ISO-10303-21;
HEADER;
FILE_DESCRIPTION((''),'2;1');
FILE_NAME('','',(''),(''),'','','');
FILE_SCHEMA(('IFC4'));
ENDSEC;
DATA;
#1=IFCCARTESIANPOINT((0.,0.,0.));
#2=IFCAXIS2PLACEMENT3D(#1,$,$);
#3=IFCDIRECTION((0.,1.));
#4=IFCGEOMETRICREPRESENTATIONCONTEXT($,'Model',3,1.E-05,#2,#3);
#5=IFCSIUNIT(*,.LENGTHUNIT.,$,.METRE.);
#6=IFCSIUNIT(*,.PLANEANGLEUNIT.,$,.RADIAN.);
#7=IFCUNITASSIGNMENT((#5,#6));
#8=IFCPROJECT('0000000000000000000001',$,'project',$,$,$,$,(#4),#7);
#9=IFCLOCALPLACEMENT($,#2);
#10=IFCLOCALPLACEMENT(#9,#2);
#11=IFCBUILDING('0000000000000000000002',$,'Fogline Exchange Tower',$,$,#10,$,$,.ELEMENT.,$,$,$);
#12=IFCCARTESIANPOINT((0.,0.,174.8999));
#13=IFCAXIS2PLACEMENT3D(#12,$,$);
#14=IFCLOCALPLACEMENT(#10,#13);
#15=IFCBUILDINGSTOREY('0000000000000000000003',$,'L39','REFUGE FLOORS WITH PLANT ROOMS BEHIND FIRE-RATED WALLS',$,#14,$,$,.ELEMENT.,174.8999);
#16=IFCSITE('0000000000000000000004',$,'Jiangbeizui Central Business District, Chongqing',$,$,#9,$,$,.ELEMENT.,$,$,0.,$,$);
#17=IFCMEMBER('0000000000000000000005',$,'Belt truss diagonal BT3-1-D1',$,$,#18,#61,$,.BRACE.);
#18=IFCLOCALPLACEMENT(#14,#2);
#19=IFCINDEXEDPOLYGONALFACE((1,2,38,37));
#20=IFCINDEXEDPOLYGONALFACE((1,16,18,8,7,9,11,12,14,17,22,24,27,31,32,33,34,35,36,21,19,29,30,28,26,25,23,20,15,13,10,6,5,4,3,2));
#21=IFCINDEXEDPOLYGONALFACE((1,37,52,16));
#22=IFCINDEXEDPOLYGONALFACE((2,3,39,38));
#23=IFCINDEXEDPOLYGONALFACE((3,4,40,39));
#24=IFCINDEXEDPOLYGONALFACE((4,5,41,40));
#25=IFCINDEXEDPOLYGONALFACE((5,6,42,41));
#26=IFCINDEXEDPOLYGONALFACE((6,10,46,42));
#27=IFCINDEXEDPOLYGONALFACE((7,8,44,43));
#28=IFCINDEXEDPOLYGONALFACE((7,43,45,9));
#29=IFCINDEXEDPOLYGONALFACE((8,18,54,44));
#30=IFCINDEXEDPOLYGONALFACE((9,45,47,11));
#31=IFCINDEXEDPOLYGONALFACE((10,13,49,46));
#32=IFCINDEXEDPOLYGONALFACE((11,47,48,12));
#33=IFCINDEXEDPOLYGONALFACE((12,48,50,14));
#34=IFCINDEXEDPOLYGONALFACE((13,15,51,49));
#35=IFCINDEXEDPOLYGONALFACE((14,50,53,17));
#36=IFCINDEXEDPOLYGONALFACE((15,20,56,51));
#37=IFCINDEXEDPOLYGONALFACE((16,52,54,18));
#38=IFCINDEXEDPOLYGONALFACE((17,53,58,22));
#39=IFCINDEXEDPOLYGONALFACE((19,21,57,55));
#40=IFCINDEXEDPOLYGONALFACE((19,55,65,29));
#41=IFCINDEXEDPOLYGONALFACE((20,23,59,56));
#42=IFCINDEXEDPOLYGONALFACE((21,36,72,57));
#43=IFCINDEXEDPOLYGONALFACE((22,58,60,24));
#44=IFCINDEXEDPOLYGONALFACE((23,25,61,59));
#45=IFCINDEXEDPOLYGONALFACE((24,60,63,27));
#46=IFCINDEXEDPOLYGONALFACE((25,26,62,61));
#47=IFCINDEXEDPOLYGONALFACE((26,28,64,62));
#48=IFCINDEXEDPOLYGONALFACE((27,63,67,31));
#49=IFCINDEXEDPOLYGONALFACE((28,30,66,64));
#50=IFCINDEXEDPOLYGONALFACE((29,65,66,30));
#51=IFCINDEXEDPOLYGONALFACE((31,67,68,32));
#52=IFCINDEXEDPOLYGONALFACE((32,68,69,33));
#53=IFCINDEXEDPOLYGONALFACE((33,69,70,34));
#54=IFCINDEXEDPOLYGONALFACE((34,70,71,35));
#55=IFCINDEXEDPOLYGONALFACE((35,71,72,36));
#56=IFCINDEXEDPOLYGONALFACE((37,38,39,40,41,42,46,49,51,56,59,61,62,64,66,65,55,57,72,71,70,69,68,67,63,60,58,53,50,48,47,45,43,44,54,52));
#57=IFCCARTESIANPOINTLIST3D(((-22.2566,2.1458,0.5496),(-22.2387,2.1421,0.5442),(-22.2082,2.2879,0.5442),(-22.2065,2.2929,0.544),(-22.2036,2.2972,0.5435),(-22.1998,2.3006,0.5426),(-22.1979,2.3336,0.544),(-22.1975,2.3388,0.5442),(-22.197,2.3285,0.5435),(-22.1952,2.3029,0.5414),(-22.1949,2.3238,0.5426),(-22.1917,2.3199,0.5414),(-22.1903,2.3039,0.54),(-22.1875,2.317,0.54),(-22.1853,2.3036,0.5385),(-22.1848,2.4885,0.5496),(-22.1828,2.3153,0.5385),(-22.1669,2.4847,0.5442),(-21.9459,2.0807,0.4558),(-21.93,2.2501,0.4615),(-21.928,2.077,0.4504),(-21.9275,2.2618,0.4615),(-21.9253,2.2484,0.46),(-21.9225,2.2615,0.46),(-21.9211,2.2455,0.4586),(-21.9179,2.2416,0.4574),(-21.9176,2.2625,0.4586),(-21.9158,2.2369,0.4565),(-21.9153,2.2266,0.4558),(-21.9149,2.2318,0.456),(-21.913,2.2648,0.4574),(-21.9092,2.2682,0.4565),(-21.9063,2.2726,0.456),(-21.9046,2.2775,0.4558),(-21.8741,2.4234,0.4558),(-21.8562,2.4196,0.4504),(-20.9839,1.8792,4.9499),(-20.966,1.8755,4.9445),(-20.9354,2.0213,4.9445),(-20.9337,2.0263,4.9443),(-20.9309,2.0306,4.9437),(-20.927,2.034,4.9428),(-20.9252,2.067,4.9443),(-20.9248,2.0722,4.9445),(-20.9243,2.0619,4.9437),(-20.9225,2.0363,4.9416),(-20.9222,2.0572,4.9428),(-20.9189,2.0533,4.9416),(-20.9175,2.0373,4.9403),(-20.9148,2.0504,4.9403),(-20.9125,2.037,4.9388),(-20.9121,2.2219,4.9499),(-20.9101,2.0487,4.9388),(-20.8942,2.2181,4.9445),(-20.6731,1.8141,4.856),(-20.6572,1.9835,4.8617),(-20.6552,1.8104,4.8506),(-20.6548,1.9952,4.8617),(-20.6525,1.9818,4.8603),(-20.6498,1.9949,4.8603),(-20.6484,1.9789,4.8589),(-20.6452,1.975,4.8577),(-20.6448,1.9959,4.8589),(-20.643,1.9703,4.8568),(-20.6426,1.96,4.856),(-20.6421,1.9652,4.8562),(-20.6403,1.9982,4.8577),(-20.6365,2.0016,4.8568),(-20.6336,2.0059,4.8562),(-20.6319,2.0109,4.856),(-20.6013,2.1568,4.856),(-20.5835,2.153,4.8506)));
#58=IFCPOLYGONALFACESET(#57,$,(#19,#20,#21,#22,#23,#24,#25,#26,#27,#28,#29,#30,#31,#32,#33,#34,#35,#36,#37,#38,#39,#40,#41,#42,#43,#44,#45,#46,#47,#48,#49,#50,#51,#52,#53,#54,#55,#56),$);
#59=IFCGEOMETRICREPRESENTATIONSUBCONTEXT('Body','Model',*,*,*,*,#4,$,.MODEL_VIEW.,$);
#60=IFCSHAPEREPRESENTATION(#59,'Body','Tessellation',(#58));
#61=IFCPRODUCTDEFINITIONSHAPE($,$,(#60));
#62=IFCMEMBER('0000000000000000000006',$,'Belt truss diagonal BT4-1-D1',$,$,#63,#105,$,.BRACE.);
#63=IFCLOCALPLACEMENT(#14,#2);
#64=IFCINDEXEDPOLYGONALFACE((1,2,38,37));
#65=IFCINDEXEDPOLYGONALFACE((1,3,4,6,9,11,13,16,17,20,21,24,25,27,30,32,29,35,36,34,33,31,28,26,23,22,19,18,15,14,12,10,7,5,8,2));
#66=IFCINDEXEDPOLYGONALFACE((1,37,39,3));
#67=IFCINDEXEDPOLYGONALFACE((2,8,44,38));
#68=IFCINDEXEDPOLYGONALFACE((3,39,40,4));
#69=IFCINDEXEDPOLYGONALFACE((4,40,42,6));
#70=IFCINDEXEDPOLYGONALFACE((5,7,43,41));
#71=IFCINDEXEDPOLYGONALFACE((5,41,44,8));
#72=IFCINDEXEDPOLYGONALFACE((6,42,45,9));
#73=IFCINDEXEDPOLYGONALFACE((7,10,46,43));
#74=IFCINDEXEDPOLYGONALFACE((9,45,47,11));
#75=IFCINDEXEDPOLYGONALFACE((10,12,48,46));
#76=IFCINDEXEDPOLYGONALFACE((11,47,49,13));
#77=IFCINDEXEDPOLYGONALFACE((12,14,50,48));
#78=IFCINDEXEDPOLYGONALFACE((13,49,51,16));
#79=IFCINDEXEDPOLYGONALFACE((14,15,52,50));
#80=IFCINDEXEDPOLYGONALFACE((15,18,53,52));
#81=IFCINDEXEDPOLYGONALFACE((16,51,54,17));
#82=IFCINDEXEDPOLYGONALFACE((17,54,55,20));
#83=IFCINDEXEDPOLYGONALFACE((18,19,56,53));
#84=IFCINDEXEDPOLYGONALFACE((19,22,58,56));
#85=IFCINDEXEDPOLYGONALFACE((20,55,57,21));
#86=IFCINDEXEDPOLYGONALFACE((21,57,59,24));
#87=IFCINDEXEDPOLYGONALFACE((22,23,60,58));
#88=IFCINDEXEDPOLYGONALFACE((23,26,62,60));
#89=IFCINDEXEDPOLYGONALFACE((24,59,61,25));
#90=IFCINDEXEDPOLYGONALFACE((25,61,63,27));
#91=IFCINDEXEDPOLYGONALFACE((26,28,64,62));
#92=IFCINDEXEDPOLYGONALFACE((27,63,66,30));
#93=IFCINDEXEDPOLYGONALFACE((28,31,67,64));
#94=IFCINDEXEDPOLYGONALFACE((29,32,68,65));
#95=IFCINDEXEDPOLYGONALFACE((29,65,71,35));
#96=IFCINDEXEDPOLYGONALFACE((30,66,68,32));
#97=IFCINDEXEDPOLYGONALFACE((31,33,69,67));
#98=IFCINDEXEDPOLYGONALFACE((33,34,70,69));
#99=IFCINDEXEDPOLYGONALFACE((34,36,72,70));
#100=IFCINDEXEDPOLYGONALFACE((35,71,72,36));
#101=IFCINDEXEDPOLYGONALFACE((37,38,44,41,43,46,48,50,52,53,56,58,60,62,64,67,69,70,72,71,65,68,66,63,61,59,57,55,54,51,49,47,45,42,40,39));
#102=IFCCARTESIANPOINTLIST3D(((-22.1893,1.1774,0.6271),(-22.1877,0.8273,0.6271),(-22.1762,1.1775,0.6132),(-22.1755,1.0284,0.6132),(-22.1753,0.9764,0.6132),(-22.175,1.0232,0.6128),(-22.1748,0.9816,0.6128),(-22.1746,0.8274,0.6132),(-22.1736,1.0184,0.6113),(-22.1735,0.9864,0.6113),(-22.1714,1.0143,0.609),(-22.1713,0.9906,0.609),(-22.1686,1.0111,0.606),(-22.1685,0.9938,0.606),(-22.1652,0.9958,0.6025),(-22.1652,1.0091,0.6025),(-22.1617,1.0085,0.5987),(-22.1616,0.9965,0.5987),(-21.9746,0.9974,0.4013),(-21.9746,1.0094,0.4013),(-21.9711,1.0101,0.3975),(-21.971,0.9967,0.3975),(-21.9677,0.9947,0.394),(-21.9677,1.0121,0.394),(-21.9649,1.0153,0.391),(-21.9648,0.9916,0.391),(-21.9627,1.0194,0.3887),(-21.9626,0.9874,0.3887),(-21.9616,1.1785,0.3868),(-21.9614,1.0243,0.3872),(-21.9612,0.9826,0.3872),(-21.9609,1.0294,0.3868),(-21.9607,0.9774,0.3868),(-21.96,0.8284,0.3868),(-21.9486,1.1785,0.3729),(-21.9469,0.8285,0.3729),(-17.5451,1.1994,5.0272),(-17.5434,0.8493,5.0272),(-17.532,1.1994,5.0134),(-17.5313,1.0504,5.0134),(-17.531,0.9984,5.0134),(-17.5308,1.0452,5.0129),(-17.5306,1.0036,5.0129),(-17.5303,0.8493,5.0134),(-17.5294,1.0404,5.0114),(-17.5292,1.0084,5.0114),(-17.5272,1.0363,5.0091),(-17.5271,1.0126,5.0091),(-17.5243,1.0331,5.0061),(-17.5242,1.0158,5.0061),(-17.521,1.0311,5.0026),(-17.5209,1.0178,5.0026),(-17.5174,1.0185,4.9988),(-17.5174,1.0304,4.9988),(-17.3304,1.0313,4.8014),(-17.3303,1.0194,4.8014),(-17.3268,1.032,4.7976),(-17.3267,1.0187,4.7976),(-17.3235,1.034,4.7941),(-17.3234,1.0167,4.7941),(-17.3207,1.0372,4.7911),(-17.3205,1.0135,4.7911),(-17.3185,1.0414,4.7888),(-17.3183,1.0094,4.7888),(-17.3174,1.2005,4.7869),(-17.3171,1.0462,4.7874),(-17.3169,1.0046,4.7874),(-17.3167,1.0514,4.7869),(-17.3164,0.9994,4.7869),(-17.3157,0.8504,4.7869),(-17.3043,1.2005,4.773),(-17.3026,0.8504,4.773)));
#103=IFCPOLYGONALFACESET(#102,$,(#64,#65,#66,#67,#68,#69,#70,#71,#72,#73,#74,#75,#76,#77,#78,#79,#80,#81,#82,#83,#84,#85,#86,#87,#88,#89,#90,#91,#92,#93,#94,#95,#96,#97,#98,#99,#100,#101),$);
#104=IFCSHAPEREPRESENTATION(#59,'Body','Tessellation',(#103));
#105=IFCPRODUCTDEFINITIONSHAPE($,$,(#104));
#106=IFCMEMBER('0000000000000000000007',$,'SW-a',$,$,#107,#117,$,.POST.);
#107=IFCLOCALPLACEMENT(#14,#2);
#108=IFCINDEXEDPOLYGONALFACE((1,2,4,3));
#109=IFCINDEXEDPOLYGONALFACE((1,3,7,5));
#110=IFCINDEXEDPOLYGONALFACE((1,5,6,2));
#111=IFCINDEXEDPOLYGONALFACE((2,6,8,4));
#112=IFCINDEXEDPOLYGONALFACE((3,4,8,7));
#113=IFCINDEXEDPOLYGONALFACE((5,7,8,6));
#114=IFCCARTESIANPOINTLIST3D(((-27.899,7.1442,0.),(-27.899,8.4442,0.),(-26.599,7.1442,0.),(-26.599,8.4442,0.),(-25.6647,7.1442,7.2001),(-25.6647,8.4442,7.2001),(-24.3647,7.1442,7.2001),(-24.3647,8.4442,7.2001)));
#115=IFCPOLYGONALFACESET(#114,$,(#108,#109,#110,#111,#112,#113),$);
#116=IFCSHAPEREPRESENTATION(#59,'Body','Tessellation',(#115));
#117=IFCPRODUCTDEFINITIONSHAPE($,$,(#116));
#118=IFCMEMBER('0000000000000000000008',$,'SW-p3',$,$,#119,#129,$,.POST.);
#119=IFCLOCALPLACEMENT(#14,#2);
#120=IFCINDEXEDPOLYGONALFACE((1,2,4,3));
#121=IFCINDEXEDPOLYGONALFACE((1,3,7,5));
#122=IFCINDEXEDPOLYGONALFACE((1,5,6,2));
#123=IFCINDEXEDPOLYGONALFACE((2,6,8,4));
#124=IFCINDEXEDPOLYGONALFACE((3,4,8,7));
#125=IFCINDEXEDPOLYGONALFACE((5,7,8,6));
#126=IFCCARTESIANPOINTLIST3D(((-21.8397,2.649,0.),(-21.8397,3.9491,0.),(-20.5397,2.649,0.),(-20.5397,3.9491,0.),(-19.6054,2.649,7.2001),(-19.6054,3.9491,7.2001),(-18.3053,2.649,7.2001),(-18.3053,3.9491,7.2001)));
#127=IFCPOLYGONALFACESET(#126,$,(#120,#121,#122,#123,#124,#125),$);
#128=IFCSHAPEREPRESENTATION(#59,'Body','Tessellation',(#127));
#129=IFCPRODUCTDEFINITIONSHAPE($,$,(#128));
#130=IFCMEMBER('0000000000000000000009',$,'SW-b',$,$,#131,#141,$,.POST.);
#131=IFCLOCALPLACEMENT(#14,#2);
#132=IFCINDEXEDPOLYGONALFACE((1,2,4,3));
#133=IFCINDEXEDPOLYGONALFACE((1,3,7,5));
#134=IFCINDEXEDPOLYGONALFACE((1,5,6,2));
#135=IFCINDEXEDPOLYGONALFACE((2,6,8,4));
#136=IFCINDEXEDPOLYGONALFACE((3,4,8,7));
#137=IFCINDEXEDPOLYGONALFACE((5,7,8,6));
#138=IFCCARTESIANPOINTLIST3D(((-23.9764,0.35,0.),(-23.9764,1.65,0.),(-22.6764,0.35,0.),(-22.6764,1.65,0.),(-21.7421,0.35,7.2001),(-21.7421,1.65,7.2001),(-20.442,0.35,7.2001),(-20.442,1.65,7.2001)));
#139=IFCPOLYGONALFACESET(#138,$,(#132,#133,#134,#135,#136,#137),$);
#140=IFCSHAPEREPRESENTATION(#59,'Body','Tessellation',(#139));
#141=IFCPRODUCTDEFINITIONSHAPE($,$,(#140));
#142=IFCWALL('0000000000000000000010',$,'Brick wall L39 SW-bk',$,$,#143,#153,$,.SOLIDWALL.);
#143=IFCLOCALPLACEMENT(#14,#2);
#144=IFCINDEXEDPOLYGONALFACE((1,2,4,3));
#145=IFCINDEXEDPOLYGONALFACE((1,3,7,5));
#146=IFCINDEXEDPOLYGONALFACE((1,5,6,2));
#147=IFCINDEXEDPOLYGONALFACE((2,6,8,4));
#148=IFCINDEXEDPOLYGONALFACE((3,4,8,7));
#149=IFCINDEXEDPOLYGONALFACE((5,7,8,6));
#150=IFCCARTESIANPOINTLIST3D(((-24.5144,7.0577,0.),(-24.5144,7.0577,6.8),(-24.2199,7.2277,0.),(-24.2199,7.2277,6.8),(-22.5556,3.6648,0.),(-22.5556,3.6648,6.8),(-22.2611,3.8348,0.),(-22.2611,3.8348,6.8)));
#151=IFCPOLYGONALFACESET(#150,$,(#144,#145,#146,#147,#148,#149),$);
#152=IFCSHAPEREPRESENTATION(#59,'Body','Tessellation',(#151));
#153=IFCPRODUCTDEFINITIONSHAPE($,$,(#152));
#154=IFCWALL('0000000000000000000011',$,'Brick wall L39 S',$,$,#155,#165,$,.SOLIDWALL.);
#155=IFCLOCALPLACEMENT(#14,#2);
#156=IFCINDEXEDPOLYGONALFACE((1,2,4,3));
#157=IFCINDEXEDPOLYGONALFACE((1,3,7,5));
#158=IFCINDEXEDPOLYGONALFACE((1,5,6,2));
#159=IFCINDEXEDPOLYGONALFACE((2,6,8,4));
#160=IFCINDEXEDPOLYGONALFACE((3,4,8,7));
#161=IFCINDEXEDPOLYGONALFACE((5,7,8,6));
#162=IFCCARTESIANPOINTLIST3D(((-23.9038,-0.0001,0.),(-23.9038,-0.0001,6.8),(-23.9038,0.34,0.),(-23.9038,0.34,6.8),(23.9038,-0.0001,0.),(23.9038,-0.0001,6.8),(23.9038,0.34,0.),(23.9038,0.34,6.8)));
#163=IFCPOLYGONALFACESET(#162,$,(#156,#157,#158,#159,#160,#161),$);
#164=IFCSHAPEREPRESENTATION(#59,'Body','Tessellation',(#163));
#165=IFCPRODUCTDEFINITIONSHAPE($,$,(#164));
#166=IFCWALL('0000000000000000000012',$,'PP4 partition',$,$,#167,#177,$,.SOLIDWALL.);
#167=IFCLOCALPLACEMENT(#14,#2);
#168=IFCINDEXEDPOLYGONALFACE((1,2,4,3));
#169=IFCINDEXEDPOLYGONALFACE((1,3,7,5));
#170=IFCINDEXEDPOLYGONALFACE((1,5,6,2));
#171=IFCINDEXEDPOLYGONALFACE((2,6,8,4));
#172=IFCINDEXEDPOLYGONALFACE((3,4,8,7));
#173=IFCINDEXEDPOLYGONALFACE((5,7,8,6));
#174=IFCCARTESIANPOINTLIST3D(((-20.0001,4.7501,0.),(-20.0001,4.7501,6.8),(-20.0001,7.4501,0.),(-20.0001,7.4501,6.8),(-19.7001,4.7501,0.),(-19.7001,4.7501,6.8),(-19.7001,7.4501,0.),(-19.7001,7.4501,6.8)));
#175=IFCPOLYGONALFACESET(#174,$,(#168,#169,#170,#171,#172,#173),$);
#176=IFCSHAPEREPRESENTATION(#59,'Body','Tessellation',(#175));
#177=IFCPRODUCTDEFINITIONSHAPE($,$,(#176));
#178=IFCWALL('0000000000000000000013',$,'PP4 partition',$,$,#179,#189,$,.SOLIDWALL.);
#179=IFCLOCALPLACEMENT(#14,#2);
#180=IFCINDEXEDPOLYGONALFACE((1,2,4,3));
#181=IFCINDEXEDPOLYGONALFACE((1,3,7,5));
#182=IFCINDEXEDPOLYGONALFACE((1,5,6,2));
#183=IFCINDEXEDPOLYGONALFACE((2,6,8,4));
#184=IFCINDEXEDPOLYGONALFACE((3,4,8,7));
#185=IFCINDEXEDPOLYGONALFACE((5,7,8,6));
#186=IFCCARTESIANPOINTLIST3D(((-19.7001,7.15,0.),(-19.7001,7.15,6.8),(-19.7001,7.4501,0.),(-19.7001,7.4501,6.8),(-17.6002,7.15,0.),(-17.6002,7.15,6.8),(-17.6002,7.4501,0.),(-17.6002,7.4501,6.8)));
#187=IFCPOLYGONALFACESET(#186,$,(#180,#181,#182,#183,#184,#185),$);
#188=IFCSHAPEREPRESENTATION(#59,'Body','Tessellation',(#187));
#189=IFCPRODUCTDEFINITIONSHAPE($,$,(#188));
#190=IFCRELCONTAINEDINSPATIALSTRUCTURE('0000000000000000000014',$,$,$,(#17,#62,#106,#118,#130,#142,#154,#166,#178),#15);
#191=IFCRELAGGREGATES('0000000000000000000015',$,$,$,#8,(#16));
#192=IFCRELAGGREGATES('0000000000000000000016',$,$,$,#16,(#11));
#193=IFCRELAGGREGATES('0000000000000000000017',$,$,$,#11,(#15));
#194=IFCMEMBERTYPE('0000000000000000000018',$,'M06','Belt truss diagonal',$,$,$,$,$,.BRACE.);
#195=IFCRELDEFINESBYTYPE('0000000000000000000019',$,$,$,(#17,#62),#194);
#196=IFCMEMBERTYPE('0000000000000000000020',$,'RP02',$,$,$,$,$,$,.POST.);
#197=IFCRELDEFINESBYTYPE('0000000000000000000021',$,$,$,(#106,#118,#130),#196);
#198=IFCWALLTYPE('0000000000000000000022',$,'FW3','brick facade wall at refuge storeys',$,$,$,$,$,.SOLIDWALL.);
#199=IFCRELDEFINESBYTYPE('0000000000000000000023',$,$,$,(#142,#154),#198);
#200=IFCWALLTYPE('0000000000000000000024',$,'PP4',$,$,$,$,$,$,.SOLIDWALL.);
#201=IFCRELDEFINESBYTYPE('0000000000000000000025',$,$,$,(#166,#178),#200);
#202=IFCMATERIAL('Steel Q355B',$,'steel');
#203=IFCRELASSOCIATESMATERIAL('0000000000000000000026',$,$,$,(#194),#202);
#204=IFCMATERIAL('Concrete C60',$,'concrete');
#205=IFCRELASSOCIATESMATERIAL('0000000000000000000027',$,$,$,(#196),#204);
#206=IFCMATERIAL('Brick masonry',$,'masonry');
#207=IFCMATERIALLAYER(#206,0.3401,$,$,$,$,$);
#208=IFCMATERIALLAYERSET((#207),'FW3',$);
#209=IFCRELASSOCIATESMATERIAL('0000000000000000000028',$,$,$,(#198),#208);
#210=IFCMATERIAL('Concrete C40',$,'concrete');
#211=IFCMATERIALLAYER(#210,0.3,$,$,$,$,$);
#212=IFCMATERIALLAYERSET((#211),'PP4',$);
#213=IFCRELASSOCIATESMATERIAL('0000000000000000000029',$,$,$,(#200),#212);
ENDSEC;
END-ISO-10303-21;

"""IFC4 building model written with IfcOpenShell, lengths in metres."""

from ifc_helpers import new_model, si_unit, direction, frame, frame_2d, origin, origin_2d, place, context, subcontext, project, spatial, rectangle, i_section, extrude, material, layer, layer_set, material_profile, profile_set, type_object, element, save


model = new_model("IFC4")

# Units and contexts
model_context = context("Model", 3, precision=1e-05, world=origin(), true_north=direction((0.0, 1.0)))
body_context = subcontext(model_context, "Body", "Model", "MODEL_VIEW")
ifc_project = project(units=[si_unit("LENGTHUNIT", "METRE"), si_unit("PLANEANGLEUNIT", "RADIAN")], contexts=[model_context])

# Site, building, storey
site_placement = place(None, origin())
site = spatial("IfcSite", under=ifc_project, at=site_placement, Name="Jiangbeizui Central Business District, Chongqing", CompositionType="ELEMENT", RefElevation=0.0)
building_placement = place(site_placement, origin())
building = spatial("IfcBuilding", under=site, at=building_placement, Name="Fogline Exchange Tower", CompositionType="ELEMENT")
storey_placement = place(building_placement, frame((0.0, 0.0, 174.8999)))
storey = spatial("IfcBuildingStorey", under=building, at=storey_placement, Name="L39", Description="REFUGE FLOORS WITH PLANT ROOMS BEHIND FIRE-RATED WALLS", CompositionType="ELEMENT", Elevation=174.8999)

# Shared definitions
ifc_material_1 = material(Name="Concrete C40", Category="concrete")

# Members
ifc_material_2 = material(Name="Steel Q355B", Category="steel")
ifc_material_profile_1 = material_profile(ifc_material_2, i_section(OverallWidth=0.3501, OverallDepth=0.3501, WebThickness=0.012, FlangeThickness=0.019, FilletRadius=0.02, at=origin_2d()), Name="HW350X350X12X19")
ifc_profile_set_1 = profile_set([ifc_material_profile_1], Name="Steel Q355B")
member_type_1 = type_object("IfcMemberType", Name="M06", Description="Belt truss diagonal", PredefinedType="BRACE", material=ifc_profile_set_1)
member_1_placement = place(storey_placement, frame((-22.0564, 2.2827, 0.5), z_axis=(0.277383, -0.058105, 0.959001), x_axis=(0.205026, 0.978756, 0.0)))
element("IfcMember", 1, at=member_1_placement, inside=storey, type_object=member_type_1, Name="Belt truss diagonal BT3-1-D1", PredefinedType="BRACE", context=body_context, shape_type="SweptSolid", body=[
    extrude(i_section(OverallWidth=0.3501, OverallDepth=0.3501, WebThickness=0.012, FlangeThickness=0.019, FilletRadius=0.02, at=origin_2d()), origin(), (0.0, 0.0, 1.0), 4.5884),
])
member_2_placement = place(storey_placement, frame((-22.0681, 1.0029, 0.5), z_axis=(0.725925, 0.003434, 0.687765), x_axis=(-0.004731, 0.999989, 0.0)))
element("IfcMember", 2, at=member_2_placement, inside=storey, type_object=member_type_1, Name="Belt truss diagonal BT4-1-D1", PredefinedType="BRACE", context=body_context, shape_type="SweptSolid", body=[
    extrude(i_section(OverallWidth=0.3501, OverallDepth=0.3501, WebThickness=0.012, FlangeThickness=0.019, FilletRadius=0.02, at=origin_2d()), origin(), (0.0, 0.0, 1.0), 6.3977),
])
ifc_material_3 = material(Name="Concrete C60", Category="concrete")
ifc_material_profile_2 = material_profile(ifc_material_3, rectangle(XDim=1.3, YDim=1.3, at=origin_2d()), Name="RC 1300x1300")
ifc_profile_set_2 = profile_set([ifc_material_profile_2], Name="Concrete C60")
member_type_2 = type_object("IfcMemberType", Name="RP02", PredefinedType="POST", material=ifc_profile_set_2)
for number, where, z_axis, x_axis, name in (
    (3, (-27.249, 7.7942, 0.0), (0.0, 0.0, 1.0), (0.0, 1.0, 0.0), "SW-a"),
    (4, (-21.1897, 3.2991, 0.0), (0.0, 0.0, 1.0), (0.0, 1.0, 0.0), "SW-p3"),
    (5, (-23.3264, 1.0, 0.0), (0.0, 0.0, 1.0), (0.0, 1.0, 0.0), "SW-b"),
):
    element("IfcMember", number, at=place(storey_placement, frame(where, z_axis=z_axis, x_axis=x_axis)), inside=storey, type_object=member_type_2, Name=name, PredefinedType="POST", context=body_context, shape_type="SweptSolid", body=[
        extrude(rectangle(XDim=1.3, YDim=1.3, at=origin_2d()), origin(), (0.0, -0.296379, 0.95507), 7.5388),
    ])

# Walls
ifc_material_4 = material(Name="Brick masonry", Category="masonry")
ifc_layer_1 = layer(ifc_material_4, 0.3401)
ifc_layer_set_1 = layer_set([ifc_layer_1], Name="FW3")
wall_type_1 = type_object("IfcWallType", Name="FW3", Description="brick facade wall at refuge storeys", PredefinedType="SOLIDWALL", material=ifc_layer_set_1)
wall_1_placement = place(storey_placement, frame((-24.3672, 7.1428, 0.0), z_axis=(0.0, 0.0, 1.0), x_axis=(0.49998, -0.866037, 0.0)))
element("IfcWall", 6, at=wall_1_placement, inside=storey, type_object=wall_type_1, Name="Brick wall L39 SW-bk", PredefinedType="SOLIDWALL", context=body_context, shape_type="SweptSolid", body=[
    extrude(rectangle(XDim=3.9177, YDim=0.3401, at=frame_2d((1.959, 0.0))), origin(), (0.0, 0.0, 1.0), 6.8),
])
wall_2_placement = place(storey_placement, frame((-23.9038, 0.1699, 0.0), z_axis=(0.0, 0.0, 1.0), x_axis=(1.0, 0.0, 0.0)))
element("IfcWall", 7, at=wall_2_placement, inside=storey, type_object=wall_type_1, Name="Brick wall L39 S", PredefinedType="SOLIDWALL", context=body_context, shape_type="SweptSolid", body=[
    extrude(rectangle(XDim=47.8076, YDim=0.3401, at=frame_2d((23.9038, 0.0))), origin(), (0.0, 0.0, 1.0), 6.8),
])
ifc_layer_2 = layer(ifc_material_1, 0.3)
ifc_layer_set_2 = layer_set([ifc_layer_2], Name="PP4")
wall_type_2 = type_object("IfcWallType", Name="PP4", PredefinedType="SOLIDWALL", material=ifc_layer_set_2)
wall_3_placement = place(storey_placement, frame((-19.8501, 4.75, 0.0), z_axis=(0.0, 0.0, 1.0), x_axis=(0.0, 1.0, 0.0)))
element("IfcWall", 8, at=wall_3_placement, inside=storey, type_object=wall_type_2, Name="PP4 partition", PredefinedType="SOLIDWALL", context=body_context, shape_type="SweptSolid", body=[
    extrude(rectangle(XDim=2.7, YDim=0.3, at=frame_2d((1.3501, 0.0))), origin(), (0.0, 0.0, 1.0), 6.8),
])
wall_4_placement = place(storey_placement, frame((-19.7, 7.3, 0.0), z_axis=(0.0, 0.0, 1.0), x_axis=(1.0, 0.0, 0.0)))
element("IfcWall", 9, at=wall_4_placement, inside=storey, type_object=wall_type_2, Name="PP4 partition", PredefinedType="SOLIDWALL", context=body_context, shape_type="SweptSolid", body=[
    extrude(rectangle(XDim=2.0999, YDim=0.3, at=frame_2d((1.0498, 0.0))), origin(), (0.0, 0.0, 1.0), 6.8),
])

save(model, "model.ifc")
